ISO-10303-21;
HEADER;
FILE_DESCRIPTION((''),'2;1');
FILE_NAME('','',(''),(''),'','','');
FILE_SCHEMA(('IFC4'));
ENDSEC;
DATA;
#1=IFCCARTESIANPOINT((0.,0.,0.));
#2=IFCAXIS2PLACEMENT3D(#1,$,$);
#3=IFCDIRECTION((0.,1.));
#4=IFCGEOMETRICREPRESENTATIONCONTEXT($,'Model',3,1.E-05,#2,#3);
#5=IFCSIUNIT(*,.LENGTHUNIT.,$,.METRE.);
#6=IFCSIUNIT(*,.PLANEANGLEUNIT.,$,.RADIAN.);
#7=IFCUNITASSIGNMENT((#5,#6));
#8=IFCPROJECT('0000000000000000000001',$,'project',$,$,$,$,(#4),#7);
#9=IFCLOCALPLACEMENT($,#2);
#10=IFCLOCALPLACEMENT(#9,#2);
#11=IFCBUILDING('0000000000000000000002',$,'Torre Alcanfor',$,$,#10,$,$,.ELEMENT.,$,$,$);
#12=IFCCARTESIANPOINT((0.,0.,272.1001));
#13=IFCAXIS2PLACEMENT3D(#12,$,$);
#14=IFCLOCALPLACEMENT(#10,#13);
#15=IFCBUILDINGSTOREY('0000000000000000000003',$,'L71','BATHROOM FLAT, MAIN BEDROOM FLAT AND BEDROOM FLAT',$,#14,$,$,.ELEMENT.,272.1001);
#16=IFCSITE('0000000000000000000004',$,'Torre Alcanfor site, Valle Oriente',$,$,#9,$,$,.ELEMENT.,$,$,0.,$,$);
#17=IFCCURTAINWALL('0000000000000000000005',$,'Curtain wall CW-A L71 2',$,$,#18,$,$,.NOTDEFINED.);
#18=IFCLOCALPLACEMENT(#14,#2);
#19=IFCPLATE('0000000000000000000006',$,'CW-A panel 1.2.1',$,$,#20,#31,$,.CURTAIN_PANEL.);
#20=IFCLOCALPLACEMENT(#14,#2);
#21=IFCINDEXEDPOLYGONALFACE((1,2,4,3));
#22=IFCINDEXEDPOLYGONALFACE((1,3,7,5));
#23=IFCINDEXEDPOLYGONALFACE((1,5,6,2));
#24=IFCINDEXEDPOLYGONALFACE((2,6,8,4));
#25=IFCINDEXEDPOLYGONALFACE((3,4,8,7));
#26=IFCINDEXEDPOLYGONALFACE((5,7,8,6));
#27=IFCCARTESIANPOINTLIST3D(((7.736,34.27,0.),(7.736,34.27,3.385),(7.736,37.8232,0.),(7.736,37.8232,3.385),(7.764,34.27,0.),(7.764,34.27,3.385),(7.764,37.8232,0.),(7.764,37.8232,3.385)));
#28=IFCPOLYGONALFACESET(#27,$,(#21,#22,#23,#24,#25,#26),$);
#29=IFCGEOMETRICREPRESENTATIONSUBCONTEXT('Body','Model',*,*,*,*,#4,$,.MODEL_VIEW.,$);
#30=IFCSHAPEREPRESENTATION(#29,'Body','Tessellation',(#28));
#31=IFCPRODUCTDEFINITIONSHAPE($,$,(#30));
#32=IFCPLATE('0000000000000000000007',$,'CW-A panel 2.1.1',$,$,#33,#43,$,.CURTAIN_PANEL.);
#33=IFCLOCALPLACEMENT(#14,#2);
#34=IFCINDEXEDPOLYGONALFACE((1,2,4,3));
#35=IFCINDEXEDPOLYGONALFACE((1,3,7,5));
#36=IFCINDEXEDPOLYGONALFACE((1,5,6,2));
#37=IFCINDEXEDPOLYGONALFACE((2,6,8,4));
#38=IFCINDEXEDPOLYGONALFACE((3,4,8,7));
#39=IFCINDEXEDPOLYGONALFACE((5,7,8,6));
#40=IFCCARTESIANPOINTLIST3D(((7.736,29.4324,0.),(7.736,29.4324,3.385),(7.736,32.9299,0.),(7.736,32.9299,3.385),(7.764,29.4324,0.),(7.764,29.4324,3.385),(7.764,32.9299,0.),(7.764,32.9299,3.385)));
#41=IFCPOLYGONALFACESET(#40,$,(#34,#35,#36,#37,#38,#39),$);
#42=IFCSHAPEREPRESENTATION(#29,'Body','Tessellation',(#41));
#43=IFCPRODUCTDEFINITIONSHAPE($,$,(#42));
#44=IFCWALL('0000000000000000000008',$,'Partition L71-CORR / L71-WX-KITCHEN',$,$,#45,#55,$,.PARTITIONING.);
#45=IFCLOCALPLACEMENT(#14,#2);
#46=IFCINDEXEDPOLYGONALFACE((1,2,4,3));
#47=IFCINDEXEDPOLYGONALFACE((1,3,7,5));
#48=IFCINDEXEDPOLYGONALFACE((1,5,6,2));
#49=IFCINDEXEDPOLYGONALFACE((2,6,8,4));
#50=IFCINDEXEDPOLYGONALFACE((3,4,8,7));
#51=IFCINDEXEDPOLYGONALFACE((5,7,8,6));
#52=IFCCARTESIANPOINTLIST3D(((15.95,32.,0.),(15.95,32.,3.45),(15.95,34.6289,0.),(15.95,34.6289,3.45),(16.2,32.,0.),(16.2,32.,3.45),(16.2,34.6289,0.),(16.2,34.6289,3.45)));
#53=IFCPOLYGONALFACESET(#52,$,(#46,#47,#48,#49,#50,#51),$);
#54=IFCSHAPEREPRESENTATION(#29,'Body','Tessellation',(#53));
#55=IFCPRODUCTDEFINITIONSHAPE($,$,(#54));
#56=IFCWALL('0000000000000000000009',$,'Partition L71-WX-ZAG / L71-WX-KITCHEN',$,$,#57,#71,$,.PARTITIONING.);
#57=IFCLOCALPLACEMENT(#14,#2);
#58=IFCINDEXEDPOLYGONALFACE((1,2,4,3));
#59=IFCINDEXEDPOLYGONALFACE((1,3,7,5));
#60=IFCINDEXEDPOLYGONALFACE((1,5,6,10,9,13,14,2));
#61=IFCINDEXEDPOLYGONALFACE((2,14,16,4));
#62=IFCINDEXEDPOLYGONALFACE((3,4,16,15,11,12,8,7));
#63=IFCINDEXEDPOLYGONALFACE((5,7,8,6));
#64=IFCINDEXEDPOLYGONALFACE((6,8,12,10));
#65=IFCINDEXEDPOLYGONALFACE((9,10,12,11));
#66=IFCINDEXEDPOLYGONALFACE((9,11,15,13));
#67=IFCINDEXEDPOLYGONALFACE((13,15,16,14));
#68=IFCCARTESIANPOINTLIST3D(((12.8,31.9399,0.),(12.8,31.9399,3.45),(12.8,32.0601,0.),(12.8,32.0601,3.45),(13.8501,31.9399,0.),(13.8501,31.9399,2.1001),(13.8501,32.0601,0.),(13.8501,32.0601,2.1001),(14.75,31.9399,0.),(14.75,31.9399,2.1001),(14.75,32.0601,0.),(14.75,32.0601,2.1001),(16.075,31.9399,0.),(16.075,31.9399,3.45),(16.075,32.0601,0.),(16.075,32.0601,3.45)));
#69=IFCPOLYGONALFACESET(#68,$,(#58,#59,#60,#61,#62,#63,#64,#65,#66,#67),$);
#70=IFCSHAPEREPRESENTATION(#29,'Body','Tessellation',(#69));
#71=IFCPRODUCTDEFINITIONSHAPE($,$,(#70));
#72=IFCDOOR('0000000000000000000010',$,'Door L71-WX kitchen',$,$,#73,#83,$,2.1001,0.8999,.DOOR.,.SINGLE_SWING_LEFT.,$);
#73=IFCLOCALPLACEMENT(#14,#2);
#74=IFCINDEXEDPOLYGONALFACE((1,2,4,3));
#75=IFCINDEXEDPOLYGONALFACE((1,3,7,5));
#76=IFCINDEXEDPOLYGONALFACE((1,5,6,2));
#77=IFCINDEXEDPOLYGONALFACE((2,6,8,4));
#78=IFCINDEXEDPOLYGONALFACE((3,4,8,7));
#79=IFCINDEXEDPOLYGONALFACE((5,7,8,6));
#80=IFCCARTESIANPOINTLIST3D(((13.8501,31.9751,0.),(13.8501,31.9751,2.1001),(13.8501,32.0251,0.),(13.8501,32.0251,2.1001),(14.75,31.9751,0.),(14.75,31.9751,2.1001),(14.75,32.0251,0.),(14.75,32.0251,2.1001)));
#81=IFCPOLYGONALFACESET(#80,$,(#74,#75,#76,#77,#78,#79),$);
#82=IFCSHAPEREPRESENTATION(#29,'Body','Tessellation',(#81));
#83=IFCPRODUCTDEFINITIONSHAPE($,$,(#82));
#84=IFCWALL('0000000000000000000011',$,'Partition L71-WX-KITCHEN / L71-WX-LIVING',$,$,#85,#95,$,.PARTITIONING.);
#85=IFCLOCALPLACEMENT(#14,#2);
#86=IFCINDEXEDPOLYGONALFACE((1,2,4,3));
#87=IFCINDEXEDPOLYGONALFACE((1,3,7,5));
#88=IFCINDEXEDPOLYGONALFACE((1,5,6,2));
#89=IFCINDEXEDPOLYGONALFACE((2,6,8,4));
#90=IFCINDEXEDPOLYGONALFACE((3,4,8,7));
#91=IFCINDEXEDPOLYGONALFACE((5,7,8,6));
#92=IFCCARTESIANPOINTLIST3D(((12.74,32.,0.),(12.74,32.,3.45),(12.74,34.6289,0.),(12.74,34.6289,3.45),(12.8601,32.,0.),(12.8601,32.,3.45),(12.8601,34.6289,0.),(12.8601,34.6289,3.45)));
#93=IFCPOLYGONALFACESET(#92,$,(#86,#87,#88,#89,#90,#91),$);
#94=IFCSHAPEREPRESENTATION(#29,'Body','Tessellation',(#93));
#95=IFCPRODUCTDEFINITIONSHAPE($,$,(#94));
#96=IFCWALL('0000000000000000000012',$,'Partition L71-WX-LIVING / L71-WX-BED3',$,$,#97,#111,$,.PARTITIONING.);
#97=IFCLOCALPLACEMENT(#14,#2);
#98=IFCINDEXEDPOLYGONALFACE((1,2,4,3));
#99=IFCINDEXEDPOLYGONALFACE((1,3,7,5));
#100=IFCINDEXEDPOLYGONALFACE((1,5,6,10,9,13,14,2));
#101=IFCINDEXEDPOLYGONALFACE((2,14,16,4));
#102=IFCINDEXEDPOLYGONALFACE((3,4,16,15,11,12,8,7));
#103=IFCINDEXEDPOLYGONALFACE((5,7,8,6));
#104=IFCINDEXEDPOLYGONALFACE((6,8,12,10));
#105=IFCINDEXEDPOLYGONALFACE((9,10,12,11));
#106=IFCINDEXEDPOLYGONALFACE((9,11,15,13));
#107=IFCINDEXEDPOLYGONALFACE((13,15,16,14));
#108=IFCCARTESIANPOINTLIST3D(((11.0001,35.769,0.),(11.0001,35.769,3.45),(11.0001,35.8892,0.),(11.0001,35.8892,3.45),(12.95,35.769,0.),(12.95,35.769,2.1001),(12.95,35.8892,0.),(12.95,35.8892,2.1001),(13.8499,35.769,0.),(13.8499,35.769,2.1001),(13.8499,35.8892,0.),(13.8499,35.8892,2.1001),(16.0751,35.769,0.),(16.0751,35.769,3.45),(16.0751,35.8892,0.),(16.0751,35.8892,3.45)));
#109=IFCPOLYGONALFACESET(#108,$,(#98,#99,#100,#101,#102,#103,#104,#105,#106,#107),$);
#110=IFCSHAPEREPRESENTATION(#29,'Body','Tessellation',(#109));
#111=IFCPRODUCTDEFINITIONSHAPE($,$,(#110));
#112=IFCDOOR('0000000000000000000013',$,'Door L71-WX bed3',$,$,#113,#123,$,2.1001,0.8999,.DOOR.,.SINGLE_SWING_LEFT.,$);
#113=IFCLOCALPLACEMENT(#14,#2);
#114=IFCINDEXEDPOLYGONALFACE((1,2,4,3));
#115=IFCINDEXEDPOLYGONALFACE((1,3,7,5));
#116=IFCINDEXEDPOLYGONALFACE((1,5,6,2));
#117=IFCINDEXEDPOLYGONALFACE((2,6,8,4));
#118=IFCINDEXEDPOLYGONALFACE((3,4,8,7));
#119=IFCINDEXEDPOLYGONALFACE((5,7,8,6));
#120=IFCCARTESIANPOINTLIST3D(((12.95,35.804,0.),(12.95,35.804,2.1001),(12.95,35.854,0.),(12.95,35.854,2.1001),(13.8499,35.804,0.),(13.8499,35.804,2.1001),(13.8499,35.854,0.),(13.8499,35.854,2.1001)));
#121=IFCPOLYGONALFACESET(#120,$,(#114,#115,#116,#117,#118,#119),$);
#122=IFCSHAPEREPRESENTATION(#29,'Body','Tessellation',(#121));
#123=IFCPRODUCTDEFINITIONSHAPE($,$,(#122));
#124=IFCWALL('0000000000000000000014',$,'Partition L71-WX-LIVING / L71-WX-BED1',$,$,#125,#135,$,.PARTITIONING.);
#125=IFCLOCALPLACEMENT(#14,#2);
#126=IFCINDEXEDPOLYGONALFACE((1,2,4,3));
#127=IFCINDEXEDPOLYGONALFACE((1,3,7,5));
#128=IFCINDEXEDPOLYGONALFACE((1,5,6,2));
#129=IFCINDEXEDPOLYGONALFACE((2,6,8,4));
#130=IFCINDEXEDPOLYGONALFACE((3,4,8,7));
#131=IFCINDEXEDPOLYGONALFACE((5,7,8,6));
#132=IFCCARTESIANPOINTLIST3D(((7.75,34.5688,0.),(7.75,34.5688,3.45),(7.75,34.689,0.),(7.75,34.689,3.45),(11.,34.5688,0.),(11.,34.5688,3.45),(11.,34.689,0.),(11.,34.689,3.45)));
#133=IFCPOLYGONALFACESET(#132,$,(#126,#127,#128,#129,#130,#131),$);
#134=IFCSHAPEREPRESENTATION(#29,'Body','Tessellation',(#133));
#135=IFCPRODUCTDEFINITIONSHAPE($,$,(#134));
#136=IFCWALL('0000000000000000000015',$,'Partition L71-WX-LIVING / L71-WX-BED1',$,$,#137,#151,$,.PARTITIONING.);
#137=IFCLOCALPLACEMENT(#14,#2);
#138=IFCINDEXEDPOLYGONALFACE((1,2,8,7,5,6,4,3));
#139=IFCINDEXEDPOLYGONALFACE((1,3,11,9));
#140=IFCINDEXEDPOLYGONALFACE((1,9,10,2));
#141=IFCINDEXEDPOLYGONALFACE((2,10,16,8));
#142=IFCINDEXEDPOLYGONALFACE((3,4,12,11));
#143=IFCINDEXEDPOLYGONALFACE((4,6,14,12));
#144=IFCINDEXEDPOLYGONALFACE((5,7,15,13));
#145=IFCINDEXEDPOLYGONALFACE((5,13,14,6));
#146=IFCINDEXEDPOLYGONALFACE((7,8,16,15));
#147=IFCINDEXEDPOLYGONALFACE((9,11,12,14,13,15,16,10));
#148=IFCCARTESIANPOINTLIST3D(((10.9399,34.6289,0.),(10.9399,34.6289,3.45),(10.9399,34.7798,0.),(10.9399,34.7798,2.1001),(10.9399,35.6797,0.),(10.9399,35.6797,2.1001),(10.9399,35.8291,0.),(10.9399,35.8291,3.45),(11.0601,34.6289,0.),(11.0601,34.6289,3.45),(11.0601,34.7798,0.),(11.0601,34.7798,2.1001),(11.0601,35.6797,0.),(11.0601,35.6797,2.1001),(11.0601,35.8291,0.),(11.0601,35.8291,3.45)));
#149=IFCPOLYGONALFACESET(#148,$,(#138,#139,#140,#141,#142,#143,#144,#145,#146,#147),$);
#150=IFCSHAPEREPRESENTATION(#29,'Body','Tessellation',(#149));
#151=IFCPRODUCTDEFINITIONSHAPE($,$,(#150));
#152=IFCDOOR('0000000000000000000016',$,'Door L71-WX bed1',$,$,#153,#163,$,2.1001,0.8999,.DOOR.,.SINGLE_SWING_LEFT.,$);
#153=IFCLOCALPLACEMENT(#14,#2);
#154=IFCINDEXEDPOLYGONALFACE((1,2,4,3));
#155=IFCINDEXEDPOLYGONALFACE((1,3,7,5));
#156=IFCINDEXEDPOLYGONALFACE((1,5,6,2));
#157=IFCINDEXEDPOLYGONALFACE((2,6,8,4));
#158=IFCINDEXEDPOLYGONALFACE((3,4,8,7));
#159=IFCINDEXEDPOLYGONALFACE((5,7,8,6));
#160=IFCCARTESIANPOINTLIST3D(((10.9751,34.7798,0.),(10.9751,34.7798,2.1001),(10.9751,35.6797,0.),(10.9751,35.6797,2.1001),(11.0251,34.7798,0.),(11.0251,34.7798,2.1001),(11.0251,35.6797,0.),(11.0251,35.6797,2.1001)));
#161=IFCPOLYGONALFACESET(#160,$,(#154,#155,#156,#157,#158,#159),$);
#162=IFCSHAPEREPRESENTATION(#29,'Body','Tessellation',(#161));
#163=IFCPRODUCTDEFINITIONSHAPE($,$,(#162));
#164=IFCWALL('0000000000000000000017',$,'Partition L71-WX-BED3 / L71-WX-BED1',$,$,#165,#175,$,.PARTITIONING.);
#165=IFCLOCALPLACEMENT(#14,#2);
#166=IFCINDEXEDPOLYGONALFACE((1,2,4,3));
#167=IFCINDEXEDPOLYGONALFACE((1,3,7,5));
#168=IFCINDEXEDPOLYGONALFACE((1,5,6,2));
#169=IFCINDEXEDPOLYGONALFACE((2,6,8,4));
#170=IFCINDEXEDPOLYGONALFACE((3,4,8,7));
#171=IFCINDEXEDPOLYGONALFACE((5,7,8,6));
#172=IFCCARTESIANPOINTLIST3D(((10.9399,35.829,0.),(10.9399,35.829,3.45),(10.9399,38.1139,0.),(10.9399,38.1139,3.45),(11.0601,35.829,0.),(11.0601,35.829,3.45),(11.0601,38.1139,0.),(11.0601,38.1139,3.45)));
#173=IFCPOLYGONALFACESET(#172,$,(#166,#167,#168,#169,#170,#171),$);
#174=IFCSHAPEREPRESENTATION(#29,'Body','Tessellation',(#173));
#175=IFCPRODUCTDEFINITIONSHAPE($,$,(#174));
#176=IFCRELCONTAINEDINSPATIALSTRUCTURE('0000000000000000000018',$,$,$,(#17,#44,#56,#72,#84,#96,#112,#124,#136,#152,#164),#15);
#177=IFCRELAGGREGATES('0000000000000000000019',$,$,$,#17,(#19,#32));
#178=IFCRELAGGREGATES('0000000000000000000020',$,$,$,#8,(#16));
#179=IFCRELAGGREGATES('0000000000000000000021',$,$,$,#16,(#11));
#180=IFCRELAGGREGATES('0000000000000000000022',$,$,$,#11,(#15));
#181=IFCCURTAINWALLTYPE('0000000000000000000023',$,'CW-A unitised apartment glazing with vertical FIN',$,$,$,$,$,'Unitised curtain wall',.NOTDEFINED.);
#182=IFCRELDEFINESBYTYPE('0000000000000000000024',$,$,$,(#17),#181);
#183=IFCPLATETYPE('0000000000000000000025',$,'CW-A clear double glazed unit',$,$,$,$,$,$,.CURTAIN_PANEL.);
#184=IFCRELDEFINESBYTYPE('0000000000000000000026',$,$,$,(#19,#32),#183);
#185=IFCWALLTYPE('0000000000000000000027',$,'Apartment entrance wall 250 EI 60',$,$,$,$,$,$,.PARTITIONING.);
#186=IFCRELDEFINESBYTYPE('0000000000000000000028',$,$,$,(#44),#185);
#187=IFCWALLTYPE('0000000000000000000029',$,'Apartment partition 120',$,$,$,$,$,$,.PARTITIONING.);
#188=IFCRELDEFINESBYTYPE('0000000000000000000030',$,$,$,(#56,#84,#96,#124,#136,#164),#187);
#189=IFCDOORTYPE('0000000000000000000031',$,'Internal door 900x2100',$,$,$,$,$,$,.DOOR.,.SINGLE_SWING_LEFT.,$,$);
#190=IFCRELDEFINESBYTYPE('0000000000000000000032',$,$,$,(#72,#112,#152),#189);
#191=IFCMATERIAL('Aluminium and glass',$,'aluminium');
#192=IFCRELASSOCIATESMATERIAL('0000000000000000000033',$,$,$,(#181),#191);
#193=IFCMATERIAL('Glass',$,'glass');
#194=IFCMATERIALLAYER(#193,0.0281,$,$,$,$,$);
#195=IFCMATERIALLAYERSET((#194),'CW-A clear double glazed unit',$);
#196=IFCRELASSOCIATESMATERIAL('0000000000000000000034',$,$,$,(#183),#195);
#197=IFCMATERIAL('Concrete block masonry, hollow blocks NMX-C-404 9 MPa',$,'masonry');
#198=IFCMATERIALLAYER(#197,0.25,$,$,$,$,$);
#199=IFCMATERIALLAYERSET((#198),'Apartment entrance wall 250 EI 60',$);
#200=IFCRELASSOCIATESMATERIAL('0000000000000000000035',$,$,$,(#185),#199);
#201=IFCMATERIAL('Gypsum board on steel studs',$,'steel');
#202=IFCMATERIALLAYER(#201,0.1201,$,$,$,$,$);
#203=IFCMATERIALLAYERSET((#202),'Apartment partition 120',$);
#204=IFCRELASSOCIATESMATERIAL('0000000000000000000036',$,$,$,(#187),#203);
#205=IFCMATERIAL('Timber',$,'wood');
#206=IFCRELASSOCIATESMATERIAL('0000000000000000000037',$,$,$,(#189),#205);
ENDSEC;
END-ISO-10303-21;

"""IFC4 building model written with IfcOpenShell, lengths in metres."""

from ifc_helpers import new_model, si_unit, direction, frame, frame_2d, origin, origin_2d, place, context, subcontext, project, spatial, rectangle, extrude, material, layer, layer_set, type_object, element, fill, aggregate, save


model = new_model("IFC4")

# Units and contexts
model_context = context("Model", 3, precision=1e-05, world=origin(), true_north=direction((0.0, 1.0)))
body_context = subcontext(model_context, "Body", "Model", "MODEL_VIEW")
ifc_project = project(units=[si_unit("LENGTHUNIT", "METRE"), si_unit("PLANEANGLEUNIT", "RADIAN")], contexts=[model_context])

# Site, building, storey
site_placement = place(None, origin())
site = spatial("IfcSite", under=ifc_project, at=site_placement, Name="Torre Alcanfor site, Valle Oriente", CompositionType="ELEMENT", RefElevation=0.0)
building_placement = place(site_placement, origin())
building = spatial("IfcBuilding", under=site, at=building_placement, Name="Torre Alcanfor", CompositionType="ELEMENT")
storey_placement = place(building_placement, frame((0.0, 0.0, 272.1001)))
storey = spatial("IfcBuildingStorey", under=building, at=storey_placement, Name="L71", Description="BATHROOM FLAT, MAIN BEDROOM FLAT AND BEDROOM FLAT", CompositionType="ELEMENT", Elevation=272.1001)

# Curtain wall
ifc_material_1 = material(Name="Aluminium and glass", Category="aluminium")
curtain_wall_type = type_object("IfcCurtainWallType", Name="CW-A unitised apartment glazing with vertical FIN", ElementType="Unitised curtain wall", PredefinedType="NOTDEFINED", material=ifc_material_1)
curtain_wall_placement = place(storey_placement, origin())
curtain_wall = element("IfcCurtainWall", 1, at=curtain_wall_placement, inside=storey, type_object=curtain_wall_type, Name="Curtain wall CW-A L71 2", PredefinedType="NOTDEFINED")

# Plates
ifc_material_2 = material(Name="Glass", Category="glass")
ifc_layer_1 = layer(ifc_material_2, 0.0281)
ifc_layer_set_1 = layer_set([ifc_layer_1], Name="CW-A clear double glazed unit")
plate_type = type_object("IfcPlateType", Name="CW-A clear double glazed unit", PredefinedType="CURTAIN_PANEL", material=ifc_layer_set_1)
plate_1_placement = place(storey_placement, frame((7.75, 36.0466, 0.0), z_axis=(0.0, 0.0, 1.0), x_axis=(0.0, -1.0, 0.0)))
plate_1 = element("IfcPlate", 2, at=plate_1_placement, type_object=plate_type, Name="CW-A panel 1.2.1", PredefinedType="CURTAIN_PANEL", context=body_context, shape_type="SweptSolid", body=[
    extrude(rectangle(XDim=3.5532, YDim=0.0281, at=origin_2d()), origin(), (0.0, 0.0, 1.0), 3.385),
])
plate_2_placement = place(storey_placement, frame((7.75, 31.1812, 0.0), z_axis=(0.0, 0.0, 1.0), x_axis=(0.0, -1.0, 0.0)))
plate_2 = element("IfcPlate", 3, at=plate_2_placement, type_object=plate_type, Name="CW-A panel 2.1.1", PredefinedType="CURTAIN_PANEL", context=body_context, shape_type="SweptSolid", body=[
    extrude(rectangle(XDim=3.4976, YDim=0.0281, at=origin_2d()), origin(), (0.0, 0.0, 1.0), 3.385),
])
aggregate(curtain_wall, [plate_1, plate_2])

# Wall
ifc_material_3 = material(Name="Concrete block masonry, hollow blocks NMX-C-404 9 MPa", Category="masonry")
ifc_layer_2 = layer(ifc_material_3, 0.25)
ifc_layer_set_2 = layer_set([ifc_layer_2], Name="Apartment entrance wall 250 EI 60")
wall_type_1 = type_object("IfcWallType", Name="Apartment entrance wall 250 EI 60", PredefinedType="PARTITIONING", material=ifc_layer_set_2)
wall_1_placement = place(storey_placement, frame((16.075, 32.0, 0.0), z_axis=(0.0, 0.0, 1.0), x_axis=(0.0, 1.0, 0.0)))
element("IfcWall", 4, at=wall_1_placement, inside=storey, type_object=wall_type_1, Name="Partition L71-CORR / L71-WX-KITCHEN", PredefinedType="PARTITIONING", context=body_context, shape_type="SweptSolid", body=[
    extrude(rectangle(XDim=2.6289, YDim=0.25, at=frame_2d((1.3145, 0.0))), origin(), (0.0, 0.0, 1.0), 3.45),
])

# Wall, opening, door
ifc_material_4 = material(Name="Gypsum board on steel studs", Category="steel")
ifc_layer_3 = layer(ifc_material_4, 0.1201)
ifc_layer_set_3 = layer_set([ifc_layer_3], Name="Apartment partition 120")
wall_type_2 = type_object("IfcWallType", Name="Apartment partition 120", PredefinedType="PARTITIONING", material=ifc_layer_set_3)
wall_2_placement = place(storey_placement, frame((16.075, 32.0, 0.0), z_axis=(0.0, 0.0, 1.0), x_axis=(-1.0, 0.0, 0.0)))
wall_2 = element("IfcWall", 5, at=wall_2_placement, inside=storey, type_object=wall_type_2, Name="Partition L71-WX-ZAG / L71-WX-KITCHEN", PredefinedType="PARTITIONING", context=body_context, shape_type="SweptSolid", body=[
    extrude(rectangle(XDim=3.2749, YDim=0.1201, at=frame_2d((1.6375, 0.0))), origin(), (0.0, 0.0, 1.0), 3.45),
])
opening_1_placement = place(wall_2_placement, frame((1.325, 0.0, 0.0)))
opening_1 = element("IfcOpeningElement", 6, at=opening_1_placement, cuts=wall_2, PredefinedType="OPENING", context=body_context, shape_type="SweptSolid", body=[
    extrude(rectangle(XDim=0.8999, YDim=2.1001, at=frame_2d((0.45, 1.05))), frame((0.0, 0.0701, 0.0), z_axis=(0.0, -1.0, 0.0), x_axis=(1.0, 0.0, 0.0)), (0.0, 0.0, 1.0), 0.1401),
])
ifc_material_5 = material(Name="Timber", Category="wood")
door_type_1 = type_object("IfcDoorType", Name="Internal door 900x2100", OperationType="SINGLE_SWING_LEFT", PredefinedType="DOOR", material=ifc_material_5)
door_1_placement = place(opening_1_placement, frame((0.8999, 0.0, 0.0), z_axis=(0.0, 0.0, 1.0), x_axis=(-1.0, 0.0, 0.0)))
door_1 = element("IfcDoor", 7, at=door_1_placement, inside=storey, type_object=door_type_1, Name="Door L71-WX kitchen", OperationType="SINGLE_SWING_LEFT", OverallHeight=2.1001, OverallWidth=0.8999, PredefinedType="DOOR", context=body_context, shape_type="SweptSolid", body=[
    extrude(rectangle(XDim=0.8999, YDim=2.1001, at=frame_2d((0.45, 1.05))), frame((0.0, 0.0251, 0.0), z_axis=(0.0, -1.0, 0.0), x_axis=(1.0, 0.0, 0.0)), (0.0, 0.0, 1.0), 0.05),
])
fill(opening_1, door_1)

# Wall
wall_3_placement = place(storey_placement, frame((12.8, 34.6289, 0.0), z_axis=(0.0, 0.0, 1.0), x_axis=(0.0, -1.0, 0.0)))
element("IfcWall", 8, at=wall_3_placement, inside=storey, type_object=wall_type_2, Name="Partition L71-WX-KITCHEN / L71-WX-LIVING", PredefinedType="PARTITIONING", context=body_context, shape_type="SweptSolid", body=[
    extrude(rectangle(XDim=2.6289, YDim=0.1201, at=frame_2d((1.3145, 0.0))), origin(), (0.0, 0.0, 1.0), 3.45),
])

# Wall, opening, door
wall_4_placement = place(storey_placement, frame((11.0, 35.8291, 0.0), z_axis=(0.0, 0.0, 1.0), x_axis=(1.0, 0.0, 0.0)))
wall_4 = element("IfcWall", 9, at=wall_4_placement, inside=storey, type_object=wall_type_2, Name="Partition L71-WX-LIVING / L71-WX-BED3", PredefinedType="PARTITIONING", context=body_context, shape_type="SweptSolid", body=[
    extrude(rectangle(XDim=5.075, YDim=0.1201, at=frame_2d((2.5376, 0.0))), origin(), (0.0, 0.0, 1.0), 3.45),
])
opening_2_placement = place(wall_4_placement, frame((1.95, 0.0, 0.0)))
opening_2 = element("IfcOpeningElement", 10, at=opening_2_placement, cuts=wall_4, PredefinedType="OPENING", context=body_context, shape_type="SweptSolid", body=[
    extrude(rectangle(XDim=0.8999, YDim=2.1001, at=frame_2d((0.45, 1.05))), frame((0.0, 0.0701, 0.0), z_axis=(0.0, -1.0, 0.0), x_axis=(1.0, 0.0, 0.0)), (0.0, 0.0, 1.0), 0.1401),
])
door_2_placement = place(opening_2_placement, origin())
door_2 = element("IfcDoor", 11, at=door_2_placement, inside=storey, type_object=door_type_1, Name="Door L71-WX bed3", OperationType="SINGLE_SWING_LEFT", OverallHeight=2.1001, OverallWidth=0.8999, PredefinedType="DOOR", context=body_context, shape_type="SweptSolid", body=[
    extrude(rectangle(XDim=0.8999, YDim=2.1001, at=frame_2d((0.45, 1.05))), frame((0.0, 0.0249, 0.0), z_axis=(0.0, -1.0, 0.0), x_axis=(1.0, 0.0, 0.0)), (0.0, 0.0, 1.0), 0.05),
])
fill(opening_2, door_2)

# Wall
wall_5_placement = place(storey_placement, frame((7.75, 34.6289, 0.0), z_axis=(0.0, 0.0, 1.0), x_axis=(1.0, 0.0, 0.0)))
element("IfcWall", 12, at=wall_5_placement, inside=storey, type_object=wall_type_2, Name="Partition L71-WX-LIVING / L71-WX-BED1", PredefinedType="PARTITIONING", context=body_context, shape_type="SweptSolid", body=[
    extrude(rectangle(XDim=3.25, YDim=0.1201, at=frame_2d((1.625, 0.0))), origin(), (0.0, 0.0, 1.0), 3.45),
])

# Wall, opening, door
wall_6_placement = place(storey_placement, frame((11.0, 34.6289, 0.0), z_axis=(0.0, 0.0, 1.0), x_axis=(0.0, 1.0, 0.0)))
wall_6 = element("IfcWall", 13, at=wall_6_placement, inside=storey, type_object=wall_type_2, Name="Partition L71-WX-LIVING / L71-WX-BED1", PredefinedType="PARTITIONING", context=body_context, shape_type="SweptSolid", body=[
    extrude(rectangle(XDim=1.2002, YDim=0.1201, at=frame_2d((0.6001, 0.0))), origin(), (0.0, 0.0, 1.0), 3.45),
])
opening_3_placement = place(wall_6_placement, frame((0.1509, 0.0, 0.0)))
opening_3 = element("IfcOpeningElement", 14, at=opening_3_placement, cuts=wall_6, PredefinedType="OPENING", context=body_context, shape_type="SweptSolid", body=[
    extrude(rectangle(XDim=0.8999, YDim=2.1001, at=frame_2d((0.45, 1.05))), frame((0.0, 0.0701, 0.0), z_axis=(0.0, -1.0, 0.0), x_axis=(1.0, 0.0, 0.0)), (0.0, 0.0, 1.0), 0.1401),
])
door_3_placement = place(opening_3_placement, origin())
door_3 = element("IfcDoor", 15, at=door_3_placement, inside=storey, type_object=door_type_1, Name="Door L71-WX bed1", OperationType="SINGLE_SWING_LEFT", OverallHeight=2.1001, OverallWidth=0.8999, PredefinedType="DOOR", context=body_context, shape_type="SweptSolid", body=[
    extrude(rectangle(XDim=0.8999, YDim=2.1001, at=frame_2d((0.45, 1.05))), frame((0.0, 0.0249, 0.0), z_axis=(0.0, -1.0, 0.0), x_axis=(1.0, 0.0, 0.0)), (0.0, 0.0, 1.0), 0.05),
])
fill(opening_3, door_3)

# Wall
wall_7_placement = place(storey_placement, frame((11.0, 38.114, 0.0), z_axis=(0.0, 0.0, 1.0), x_axis=(0.0, -1.0, 0.0)))
element("IfcWall", 16, at=wall_7_placement, inside=storey, type_object=wall_type_2, Name="Partition L71-WX-BED3 / L71-WX-BED1", PredefinedType="PARTITIONING", context=body_context, shape_type="SweptSolid", body=[
    extrude(rectangle(XDim=2.2849, YDim=0.1201, at=frame_2d((1.1426, 0.0))), origin(), (0.0, 0.0, 1.0), 3.45),
])

save(model, "model.ifc")
